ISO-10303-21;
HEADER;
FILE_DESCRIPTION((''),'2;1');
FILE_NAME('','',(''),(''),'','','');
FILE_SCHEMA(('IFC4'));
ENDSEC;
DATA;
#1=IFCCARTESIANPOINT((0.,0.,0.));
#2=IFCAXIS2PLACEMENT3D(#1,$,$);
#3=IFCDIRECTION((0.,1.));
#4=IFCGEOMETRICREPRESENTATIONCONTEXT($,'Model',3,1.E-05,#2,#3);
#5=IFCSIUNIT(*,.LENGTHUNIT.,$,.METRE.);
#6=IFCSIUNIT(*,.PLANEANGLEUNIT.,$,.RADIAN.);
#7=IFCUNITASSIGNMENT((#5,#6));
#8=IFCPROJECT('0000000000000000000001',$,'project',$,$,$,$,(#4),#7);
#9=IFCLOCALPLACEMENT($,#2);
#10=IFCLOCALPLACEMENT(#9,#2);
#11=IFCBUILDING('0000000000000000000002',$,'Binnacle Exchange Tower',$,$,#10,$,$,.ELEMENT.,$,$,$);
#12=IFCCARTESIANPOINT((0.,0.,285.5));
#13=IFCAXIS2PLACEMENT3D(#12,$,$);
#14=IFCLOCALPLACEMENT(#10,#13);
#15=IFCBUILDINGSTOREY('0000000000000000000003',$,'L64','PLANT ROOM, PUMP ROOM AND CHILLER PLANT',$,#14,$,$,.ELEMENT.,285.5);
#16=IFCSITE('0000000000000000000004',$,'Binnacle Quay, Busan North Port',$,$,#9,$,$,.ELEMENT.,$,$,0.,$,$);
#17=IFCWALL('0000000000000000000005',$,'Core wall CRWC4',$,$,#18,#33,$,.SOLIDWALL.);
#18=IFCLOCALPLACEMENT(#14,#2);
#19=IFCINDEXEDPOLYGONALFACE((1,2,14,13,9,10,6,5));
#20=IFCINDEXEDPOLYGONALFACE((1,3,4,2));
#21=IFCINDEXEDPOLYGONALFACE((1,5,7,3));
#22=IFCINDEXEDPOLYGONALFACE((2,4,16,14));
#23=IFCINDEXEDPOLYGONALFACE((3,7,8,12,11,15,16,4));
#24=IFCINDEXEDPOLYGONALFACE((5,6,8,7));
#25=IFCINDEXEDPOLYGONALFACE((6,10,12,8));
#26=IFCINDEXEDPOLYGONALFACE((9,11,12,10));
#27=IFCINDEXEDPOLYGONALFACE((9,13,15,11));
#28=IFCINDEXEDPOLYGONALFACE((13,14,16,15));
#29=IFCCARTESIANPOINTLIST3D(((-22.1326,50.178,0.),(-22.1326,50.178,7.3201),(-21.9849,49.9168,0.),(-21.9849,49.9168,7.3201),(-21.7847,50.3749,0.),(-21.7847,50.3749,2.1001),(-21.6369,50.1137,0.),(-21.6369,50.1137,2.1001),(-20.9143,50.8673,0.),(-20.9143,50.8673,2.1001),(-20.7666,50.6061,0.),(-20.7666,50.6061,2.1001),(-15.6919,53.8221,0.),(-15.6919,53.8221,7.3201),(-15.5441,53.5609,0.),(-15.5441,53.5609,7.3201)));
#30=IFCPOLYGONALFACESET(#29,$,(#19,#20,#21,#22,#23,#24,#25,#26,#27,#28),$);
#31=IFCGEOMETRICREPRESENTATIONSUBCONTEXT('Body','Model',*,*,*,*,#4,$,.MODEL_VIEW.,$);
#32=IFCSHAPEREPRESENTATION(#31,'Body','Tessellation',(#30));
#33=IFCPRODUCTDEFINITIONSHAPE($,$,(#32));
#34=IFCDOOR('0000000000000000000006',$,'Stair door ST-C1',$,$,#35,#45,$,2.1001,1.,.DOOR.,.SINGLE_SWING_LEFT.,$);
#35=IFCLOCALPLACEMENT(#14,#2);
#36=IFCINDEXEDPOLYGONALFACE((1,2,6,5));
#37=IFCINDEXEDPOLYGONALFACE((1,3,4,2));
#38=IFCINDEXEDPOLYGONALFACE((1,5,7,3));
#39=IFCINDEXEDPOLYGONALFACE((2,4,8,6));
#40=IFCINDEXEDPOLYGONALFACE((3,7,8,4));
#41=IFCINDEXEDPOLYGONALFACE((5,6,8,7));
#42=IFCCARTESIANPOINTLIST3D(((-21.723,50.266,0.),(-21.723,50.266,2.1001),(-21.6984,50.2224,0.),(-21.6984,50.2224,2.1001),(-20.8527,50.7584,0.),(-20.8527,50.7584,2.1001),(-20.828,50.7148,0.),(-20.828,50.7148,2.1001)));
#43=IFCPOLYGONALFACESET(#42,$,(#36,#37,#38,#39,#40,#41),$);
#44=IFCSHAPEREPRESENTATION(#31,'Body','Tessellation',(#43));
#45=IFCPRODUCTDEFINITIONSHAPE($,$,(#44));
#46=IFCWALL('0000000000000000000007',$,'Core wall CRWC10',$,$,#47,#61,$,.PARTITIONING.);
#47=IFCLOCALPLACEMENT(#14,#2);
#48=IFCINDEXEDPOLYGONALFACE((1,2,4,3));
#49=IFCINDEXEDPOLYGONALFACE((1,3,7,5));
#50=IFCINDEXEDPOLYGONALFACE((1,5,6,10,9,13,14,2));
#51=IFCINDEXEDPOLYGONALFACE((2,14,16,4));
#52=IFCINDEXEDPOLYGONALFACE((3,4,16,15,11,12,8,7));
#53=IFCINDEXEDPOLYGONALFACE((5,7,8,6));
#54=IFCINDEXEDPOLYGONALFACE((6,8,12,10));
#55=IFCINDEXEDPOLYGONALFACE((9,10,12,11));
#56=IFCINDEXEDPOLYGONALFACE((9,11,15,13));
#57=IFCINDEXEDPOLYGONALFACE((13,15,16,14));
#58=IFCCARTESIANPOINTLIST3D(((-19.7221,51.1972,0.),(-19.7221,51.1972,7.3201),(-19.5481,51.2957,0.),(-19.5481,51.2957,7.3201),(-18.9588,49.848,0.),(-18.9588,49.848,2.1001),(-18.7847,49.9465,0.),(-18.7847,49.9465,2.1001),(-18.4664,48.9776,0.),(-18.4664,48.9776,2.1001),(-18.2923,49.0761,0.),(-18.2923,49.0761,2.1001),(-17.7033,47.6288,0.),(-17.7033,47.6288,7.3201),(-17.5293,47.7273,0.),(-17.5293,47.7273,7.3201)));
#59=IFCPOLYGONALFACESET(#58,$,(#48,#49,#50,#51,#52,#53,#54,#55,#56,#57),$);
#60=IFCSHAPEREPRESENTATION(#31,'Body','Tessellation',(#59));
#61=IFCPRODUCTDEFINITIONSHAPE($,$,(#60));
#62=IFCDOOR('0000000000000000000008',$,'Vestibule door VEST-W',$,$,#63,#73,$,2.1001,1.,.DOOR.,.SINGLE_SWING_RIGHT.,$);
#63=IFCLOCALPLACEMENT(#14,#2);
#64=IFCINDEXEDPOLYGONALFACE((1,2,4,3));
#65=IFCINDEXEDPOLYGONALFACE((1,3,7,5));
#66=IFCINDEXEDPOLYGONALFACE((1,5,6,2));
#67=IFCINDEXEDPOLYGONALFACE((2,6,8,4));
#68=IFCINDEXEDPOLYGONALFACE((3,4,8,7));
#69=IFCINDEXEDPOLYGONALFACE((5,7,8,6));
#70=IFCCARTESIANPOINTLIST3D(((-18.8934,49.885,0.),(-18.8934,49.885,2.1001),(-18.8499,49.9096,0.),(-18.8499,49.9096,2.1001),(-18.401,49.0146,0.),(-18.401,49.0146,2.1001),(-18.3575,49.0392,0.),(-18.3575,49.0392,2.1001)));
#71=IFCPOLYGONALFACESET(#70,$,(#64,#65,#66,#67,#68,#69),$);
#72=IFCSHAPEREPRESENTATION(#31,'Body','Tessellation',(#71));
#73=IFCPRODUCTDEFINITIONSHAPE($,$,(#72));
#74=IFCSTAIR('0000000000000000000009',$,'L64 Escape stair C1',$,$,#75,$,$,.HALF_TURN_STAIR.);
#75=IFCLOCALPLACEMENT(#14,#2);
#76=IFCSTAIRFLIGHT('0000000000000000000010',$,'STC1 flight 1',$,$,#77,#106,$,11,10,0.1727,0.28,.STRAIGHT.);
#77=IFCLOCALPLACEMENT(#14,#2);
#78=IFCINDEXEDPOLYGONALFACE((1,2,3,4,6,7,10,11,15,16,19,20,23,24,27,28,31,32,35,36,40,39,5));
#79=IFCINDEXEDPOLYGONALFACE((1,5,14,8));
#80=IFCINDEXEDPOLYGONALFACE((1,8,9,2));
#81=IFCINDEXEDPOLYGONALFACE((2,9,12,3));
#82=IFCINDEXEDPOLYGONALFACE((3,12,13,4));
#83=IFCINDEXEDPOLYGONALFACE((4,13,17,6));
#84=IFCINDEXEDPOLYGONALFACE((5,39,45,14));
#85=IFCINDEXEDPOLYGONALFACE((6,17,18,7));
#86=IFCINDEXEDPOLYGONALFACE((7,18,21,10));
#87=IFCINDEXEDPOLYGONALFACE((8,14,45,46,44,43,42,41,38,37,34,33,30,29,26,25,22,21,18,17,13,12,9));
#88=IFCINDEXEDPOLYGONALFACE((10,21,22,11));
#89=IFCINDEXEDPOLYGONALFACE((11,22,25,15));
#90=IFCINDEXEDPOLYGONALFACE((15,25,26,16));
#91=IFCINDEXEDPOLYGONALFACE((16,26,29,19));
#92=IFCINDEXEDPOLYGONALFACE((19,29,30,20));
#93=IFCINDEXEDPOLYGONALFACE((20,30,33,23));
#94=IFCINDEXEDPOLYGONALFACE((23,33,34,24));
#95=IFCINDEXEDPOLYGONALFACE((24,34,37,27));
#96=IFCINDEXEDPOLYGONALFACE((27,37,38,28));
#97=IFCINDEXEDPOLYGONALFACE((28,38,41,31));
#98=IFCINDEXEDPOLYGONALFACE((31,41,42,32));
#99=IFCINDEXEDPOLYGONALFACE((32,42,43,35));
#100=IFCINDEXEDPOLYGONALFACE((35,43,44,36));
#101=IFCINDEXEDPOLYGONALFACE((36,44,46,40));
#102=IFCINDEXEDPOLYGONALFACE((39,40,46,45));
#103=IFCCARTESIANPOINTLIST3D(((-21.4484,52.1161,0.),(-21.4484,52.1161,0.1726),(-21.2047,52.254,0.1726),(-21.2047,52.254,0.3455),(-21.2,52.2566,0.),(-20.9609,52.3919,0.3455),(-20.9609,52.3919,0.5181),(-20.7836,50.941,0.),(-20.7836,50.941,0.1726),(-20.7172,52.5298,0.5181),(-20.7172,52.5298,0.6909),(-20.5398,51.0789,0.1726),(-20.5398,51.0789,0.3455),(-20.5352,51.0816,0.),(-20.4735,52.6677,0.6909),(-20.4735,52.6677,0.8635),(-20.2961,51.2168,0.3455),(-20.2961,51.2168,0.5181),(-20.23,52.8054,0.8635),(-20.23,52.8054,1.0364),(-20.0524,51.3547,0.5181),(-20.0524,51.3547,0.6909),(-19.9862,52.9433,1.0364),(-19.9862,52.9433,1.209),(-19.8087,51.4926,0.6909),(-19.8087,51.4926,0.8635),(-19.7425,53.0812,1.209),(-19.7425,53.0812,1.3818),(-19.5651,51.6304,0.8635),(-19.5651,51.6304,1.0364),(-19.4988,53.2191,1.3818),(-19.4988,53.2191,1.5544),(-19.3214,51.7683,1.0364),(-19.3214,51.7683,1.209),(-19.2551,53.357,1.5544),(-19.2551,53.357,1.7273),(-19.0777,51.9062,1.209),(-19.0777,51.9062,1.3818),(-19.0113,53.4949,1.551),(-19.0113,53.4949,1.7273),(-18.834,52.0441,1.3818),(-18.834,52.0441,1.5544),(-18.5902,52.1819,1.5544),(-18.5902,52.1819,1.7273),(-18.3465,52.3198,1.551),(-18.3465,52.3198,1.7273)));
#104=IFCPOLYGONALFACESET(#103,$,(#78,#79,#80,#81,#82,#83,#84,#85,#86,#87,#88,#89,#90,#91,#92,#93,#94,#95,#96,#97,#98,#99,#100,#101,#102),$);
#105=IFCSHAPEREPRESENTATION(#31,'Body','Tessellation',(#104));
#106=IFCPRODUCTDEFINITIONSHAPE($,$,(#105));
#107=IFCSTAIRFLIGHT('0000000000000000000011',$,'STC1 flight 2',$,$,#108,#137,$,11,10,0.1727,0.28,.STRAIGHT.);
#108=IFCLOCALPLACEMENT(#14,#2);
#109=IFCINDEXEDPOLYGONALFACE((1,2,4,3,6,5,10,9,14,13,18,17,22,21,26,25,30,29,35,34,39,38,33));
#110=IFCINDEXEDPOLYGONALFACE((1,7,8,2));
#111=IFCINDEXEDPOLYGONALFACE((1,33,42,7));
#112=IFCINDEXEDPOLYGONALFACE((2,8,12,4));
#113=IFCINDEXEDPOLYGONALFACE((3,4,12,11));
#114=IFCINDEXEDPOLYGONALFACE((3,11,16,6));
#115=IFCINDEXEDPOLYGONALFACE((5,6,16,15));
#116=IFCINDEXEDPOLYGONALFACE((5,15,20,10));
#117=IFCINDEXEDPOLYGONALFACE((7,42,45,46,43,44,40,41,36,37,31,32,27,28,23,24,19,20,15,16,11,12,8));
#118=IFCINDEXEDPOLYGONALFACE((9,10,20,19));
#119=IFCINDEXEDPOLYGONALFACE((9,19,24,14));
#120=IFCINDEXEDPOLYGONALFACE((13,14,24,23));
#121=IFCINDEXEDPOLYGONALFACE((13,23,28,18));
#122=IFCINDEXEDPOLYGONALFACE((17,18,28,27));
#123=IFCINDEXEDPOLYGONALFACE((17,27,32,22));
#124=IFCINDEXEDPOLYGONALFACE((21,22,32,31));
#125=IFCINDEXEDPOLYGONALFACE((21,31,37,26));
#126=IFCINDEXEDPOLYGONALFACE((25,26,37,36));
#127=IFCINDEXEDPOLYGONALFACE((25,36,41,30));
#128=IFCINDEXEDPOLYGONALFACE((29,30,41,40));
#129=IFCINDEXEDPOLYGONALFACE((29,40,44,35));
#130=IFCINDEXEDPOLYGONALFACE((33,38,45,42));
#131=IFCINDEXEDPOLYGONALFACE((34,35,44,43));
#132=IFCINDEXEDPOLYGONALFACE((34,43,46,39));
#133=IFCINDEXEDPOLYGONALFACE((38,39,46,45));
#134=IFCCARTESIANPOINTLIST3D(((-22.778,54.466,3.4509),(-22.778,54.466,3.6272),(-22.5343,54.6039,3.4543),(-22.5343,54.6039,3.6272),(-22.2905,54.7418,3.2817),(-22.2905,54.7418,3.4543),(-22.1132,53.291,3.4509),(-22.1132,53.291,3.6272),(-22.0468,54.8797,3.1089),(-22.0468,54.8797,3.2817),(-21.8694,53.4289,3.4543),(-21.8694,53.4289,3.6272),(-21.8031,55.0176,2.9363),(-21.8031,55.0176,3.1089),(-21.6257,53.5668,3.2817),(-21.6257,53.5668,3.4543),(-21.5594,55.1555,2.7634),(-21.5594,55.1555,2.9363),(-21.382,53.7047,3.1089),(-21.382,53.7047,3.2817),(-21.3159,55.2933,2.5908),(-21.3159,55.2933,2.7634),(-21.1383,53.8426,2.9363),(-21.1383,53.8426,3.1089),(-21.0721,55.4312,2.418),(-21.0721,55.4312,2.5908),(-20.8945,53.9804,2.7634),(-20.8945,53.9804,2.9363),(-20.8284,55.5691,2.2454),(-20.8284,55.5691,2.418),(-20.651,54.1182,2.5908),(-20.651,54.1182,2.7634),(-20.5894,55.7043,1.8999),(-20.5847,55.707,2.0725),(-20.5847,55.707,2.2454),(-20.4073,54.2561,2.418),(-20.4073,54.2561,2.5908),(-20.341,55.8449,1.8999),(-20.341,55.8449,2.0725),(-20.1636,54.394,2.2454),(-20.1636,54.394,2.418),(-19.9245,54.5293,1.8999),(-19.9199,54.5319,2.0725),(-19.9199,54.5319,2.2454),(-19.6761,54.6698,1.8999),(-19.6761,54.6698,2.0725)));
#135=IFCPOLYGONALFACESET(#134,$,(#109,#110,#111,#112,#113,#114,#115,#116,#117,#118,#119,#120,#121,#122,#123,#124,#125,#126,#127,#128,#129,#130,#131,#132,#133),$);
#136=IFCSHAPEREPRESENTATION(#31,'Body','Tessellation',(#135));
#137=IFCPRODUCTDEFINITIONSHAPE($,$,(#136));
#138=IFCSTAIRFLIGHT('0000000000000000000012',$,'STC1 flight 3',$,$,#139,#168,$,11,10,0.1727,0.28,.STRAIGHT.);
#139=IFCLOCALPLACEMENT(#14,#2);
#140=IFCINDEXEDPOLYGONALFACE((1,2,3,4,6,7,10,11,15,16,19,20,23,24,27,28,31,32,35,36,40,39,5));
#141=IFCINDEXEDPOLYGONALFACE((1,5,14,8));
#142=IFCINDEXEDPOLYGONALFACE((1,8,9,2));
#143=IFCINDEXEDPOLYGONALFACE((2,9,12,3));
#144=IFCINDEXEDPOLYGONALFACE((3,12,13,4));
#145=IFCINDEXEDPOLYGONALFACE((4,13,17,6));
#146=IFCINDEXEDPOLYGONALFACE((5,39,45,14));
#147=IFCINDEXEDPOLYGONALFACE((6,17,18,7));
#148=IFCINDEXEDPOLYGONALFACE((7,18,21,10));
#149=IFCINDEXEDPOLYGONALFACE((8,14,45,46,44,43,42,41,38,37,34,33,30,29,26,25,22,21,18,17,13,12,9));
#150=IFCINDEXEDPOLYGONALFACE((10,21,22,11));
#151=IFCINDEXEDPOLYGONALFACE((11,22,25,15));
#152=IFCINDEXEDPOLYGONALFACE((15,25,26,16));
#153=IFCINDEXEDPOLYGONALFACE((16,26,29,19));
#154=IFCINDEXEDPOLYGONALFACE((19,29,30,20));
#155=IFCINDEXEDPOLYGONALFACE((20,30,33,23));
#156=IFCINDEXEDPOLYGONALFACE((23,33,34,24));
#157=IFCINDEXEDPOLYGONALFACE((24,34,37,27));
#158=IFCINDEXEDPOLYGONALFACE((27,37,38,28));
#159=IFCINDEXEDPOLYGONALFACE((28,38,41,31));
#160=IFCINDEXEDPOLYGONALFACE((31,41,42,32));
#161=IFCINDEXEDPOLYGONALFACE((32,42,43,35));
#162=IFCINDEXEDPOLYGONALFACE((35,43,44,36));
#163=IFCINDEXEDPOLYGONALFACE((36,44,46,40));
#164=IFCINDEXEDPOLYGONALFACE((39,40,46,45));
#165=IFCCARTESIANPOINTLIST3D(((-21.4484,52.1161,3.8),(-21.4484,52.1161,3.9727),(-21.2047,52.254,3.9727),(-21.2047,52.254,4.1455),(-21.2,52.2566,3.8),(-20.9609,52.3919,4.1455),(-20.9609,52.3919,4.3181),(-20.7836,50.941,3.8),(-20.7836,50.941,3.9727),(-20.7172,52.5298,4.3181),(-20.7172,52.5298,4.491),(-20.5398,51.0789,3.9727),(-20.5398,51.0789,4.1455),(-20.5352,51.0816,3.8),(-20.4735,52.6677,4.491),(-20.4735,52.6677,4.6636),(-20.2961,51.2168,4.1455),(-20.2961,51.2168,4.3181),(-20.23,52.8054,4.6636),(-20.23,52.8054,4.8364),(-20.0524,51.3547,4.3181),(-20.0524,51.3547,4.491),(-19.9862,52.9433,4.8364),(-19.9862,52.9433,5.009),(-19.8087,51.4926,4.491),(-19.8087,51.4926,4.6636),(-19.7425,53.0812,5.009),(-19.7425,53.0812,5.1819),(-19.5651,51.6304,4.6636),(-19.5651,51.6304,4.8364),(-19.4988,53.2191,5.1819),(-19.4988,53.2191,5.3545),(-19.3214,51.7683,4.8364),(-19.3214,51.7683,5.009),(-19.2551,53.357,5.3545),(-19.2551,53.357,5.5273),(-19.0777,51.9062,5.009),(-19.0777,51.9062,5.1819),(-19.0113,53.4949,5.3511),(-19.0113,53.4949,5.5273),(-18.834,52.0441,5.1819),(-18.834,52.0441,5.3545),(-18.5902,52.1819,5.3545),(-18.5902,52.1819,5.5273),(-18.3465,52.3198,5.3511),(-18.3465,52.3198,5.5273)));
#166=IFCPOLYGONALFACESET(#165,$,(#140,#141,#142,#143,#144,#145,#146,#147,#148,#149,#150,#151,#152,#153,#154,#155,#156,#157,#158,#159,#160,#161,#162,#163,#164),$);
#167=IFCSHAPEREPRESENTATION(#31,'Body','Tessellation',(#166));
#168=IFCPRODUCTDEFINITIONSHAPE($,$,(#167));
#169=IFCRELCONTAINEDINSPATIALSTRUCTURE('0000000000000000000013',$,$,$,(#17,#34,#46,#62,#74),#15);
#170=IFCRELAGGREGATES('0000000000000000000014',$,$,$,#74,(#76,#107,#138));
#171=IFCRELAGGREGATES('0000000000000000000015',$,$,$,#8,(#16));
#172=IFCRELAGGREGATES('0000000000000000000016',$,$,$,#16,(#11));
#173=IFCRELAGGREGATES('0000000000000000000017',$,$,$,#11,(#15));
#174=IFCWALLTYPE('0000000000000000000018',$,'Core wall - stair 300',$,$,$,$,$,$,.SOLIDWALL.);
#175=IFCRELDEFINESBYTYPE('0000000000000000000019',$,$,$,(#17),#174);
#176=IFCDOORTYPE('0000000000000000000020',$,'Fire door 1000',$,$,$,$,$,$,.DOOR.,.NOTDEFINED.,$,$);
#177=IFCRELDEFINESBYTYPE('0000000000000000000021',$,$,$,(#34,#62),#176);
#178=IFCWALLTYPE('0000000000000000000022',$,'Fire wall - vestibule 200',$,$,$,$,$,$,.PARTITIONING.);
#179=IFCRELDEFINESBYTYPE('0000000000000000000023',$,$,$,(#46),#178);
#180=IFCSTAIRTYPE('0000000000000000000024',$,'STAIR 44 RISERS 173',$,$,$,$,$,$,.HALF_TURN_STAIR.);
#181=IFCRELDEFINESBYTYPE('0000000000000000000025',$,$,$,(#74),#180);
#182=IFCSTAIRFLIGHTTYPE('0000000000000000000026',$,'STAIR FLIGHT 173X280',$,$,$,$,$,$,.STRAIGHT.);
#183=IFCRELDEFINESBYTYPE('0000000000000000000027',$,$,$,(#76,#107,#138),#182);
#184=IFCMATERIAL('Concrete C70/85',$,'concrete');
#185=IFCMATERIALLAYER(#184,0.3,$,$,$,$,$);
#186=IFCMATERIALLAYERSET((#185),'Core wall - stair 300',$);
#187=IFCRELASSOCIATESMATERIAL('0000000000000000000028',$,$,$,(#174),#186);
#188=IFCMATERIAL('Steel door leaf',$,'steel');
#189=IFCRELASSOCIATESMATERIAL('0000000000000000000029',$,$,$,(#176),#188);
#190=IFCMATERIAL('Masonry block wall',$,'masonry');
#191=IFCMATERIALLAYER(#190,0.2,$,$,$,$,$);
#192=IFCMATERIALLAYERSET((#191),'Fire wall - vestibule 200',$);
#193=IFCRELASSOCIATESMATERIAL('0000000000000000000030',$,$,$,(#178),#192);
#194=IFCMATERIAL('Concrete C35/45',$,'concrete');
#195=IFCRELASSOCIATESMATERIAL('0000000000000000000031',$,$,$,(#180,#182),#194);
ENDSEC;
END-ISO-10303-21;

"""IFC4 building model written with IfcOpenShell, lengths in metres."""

from ifc_helpers import new_model, si_unit, direction, frame, frame_2d, origin, place, context, subcontext, project, spatial, polyline, rectangle, outline, extrude, material, layer, layer_set, type_object, element, fill, aggregate, save


model = new_model("IFC4")

# Units and contexts
model_context = context("Model", 3, precision=1e-05, world=origin(), true_north=direction((0.0, 1.0)))
body_context = subcontext(model_context, "Body", "Model", "MODEL_VIEW")
ifc_project = project(units=[si_unit("LENGTHUNIT", "METRE"), si_unit("PLANEANGLEUNIT", "RADIAN")], contexts=[model_context])

# Site, building, storey
site_placement = place(None, origin())
site = spatial("IfcSite", under=ifc_project, at=site_placement, Name="Binnacle Quay, Busan North Port", CompositionType="ELEMENT", RefElevation=0.0)
building_placement = place(site_placement, origin())
building = spatial("IfcBuilding", under=site, at=building_placement, Name="Binnacle Exchange Tower", CompositionType="ELEMENT")
storey_placement = place(building_placement, frame((0.0, 0.0, 285.5)))
storey = spatial("IfcBuildingStorey", under=building, at=storey_placement, Name="L64", Description="PLANT ROOM, PUMP ROOM AND CHILLER PLANT", CompositionType="ELEMENT", Elevation=285.5)

# Shared definitions
ifc_material_1 = material(Name="Concrete C70/85", Category="concrete")

# Walls, openings, doors
ifc_material_2 = material(Name="Steel door leaf", Category="steel")
ifc_layer_1 = layer(ifc_material_1, 0.3)
ifc_layer_set_1 = layer_set([ifc_layer_1], Name="Core wall - stair 300")
wall_type_1 = type_object("IfcWallType", Name="Core wall - stair 300", PredefinedType="SOLIDWALL", material=ifc_layer_set_1)
wall_1_placement = place(storey_placement, frame((-22.0588, 50.0474, 0.0), z_axis=(0.0, 0.0, 1.0), x_axis=(0.870351, 0.492432, 0.0)))
wall_1 = element("IfcWall", 1, at=wall_1_placement, inside=storey, type_object=wall_type_1, Name="Core wall CRWC4", PredefinedType="SOLIDWALL", context=body_context, shape_type="SweptSolid", body=[
    extrude(rectangle(XDim=7.4001, YDim=0.3, at=frame_2d((3.7002, 0.0))), origin(), (0.0, 0.0, 1.0), 7.3201),
])
opening_1_placement = place(wall_1_placement, frame((0.3999, 0.0, 0.0)))
opening_1 = element("IfcOpeningElement", 2, at=opening_1_placement, cuts=wall_1, PredefinedType="OPENING", context=body_context, shape_type="SweptSolid", body=[
    extrude(rectangle(XDim=1.0, YDim=2.1001, at=frame_2d((0.5, 1.05))), frame((0.0, 0.1599, 0.0), z_axis=(0.0, -1.0, 0.0), x_axis=(1.0, 0.0, 0.0)), (0.0, 0.0, 1.0), 0.3201),
])
door_type_1 = type_object("IfcDoorType", Name="Fire door 1000", OperationType="NOTDEFINED", PredefinedType="DOOR", material=ifc_material_2)
door_1_placement = place(opening_1_placement, origin())
door_1 = element("IfcDoor", 3, at=door_1_placement, inside=storey, type_object=door_type_1, Name="Stair door ST-C1", OperationType="SINGLE_SWING_LEFT", OverallHeight=2.1001, OverallWidth=1.0, PredefinedType="DOOR", context=body_context, shape_type="SweptSolid", body=[
    extrude(rectangle(XDim=1.0, YDim=2.1001, at=frame_2d((0.5, 1.05))), frame((0.0, 0.0249, 0.0), z_axis=(0.0, -1.0, 0.0), x_axis=(1.0, 0.0, 0.0)), (0.0, 0.0, 1.0), 0.05),
])
fill(opening_1, door_1)
ifc_material_3 = material(Name="Masonry block wall", Category="masonry")
ifc_layer_2 = layer(ifc_material_3, 0.2)
ifc_layer_set_2 = layer_set([ifc_layer_2], Name="Fire wall - vestibule 200")
wall_type_2 = type_object("IfcWallType", Name="Fire wall - vestibule 200", PredefinedType="PARTITIONING", material=ifc_layer_set_2)
wall_2_placement = place(storey_placement, frame((-19.635, 51.2463, 0.0), z_axis=(0.0, 0.0, 1.0), x_axis=(0.492408, -0.870364, 0.0)))
wall_2 = element("IfcWall", 4, at=wall_2_placement, inside=storey, type_object=wall_type_2, Name="Core wall CRWC10", PredefinedType="PARTITIONING", context=body_context, shape_type="SweptSolid", body=[
    extrude(rectangle(XDim=4.0999, YDim=0.2, at=frame_2d((2.0498, 0.0))), origin(), (0.0, 0.0, 1.0), 7.3201),
])
opening_2_placement = place(wall_2_placement, frame((1.55, 0.0, 0.0)))
opening_2 = element("IfcOpeningElement", 5, at=opening_2_placement, cuts=wall_2, PredefinedType="OPENING", context=body_context, shape_type="SweptSolid", body=[
    extrude(rectangle(XDim=1.0, YDim=2.1001, at=frame_2d((0.5, 1.05))), frame((0.0, 0.1099, 0.0), z_axis=(0.0, -1.0, 0.0), x_axis=(1.0, 0.0, 0.0)), (0.0, 0.0, 1.0), 0.22),
])
door_2_placement = place(opening_2_placement, frame((1.0, 0.0, 0.0), z_axis=(0.0, 0.0, 1.0), x_axis=(-1.0, 0.0, 0.0)))
door_2 = element("IfcDoor", 6, at=door_2_placement, inside=storey, type_object=door_type_1, Name="Vestibule door VEST-W", OperationType="SINGLE_SWING_RIGHT", OverallHeight=2.1001, OverallWidth=1.0, PredefinedType="DOOR", context=body_context, shape_type="SweptSolid", body=[
    extrude(rectangle(XDim=1.0, YDim=2.1001, at=frame_2d((0.5, 1.05))), frame((0.0, 0.0249, 0.0), z_axis=(0.0, -1.0, 0.0), x_axis=(1.0, 0.0, 0.0)), (0.0, 0.0, 1.0), 0.05),
])
fill(opening_2, door_2)

# Stair, stair flights
ifc_material_4 = material(Name="Concrete C35/45", Category="concrete")
stair_type = type_object("IfcStairType", Name="STAIR 44 RISERS 173", PredefinedType="HALF_TURN_STAIR", material=ifc_material_4)
stair_placement = place(storey_placement, origin())
stair = element("IfcStair", 7, at=stair_placement, inside=storey, type_object=stair_type, Name="L64 Escape stair C1", PredefinedType="HALF_TURN_STAIR")
stair_flight_type = type_object("IfcStairFlightType", Name="STAIR FLIGHT 173X280", PredefinedType="STRAIGHT", material=ifc_material_4)
stair_flight_1_placement = place(storey_placement, frame((-21.116, 51.5286, 0.0), z_axis=(0.0, 0.0, 1.0), x_axis=(0.870356, 0.492424, 0.0)))
stair_flight_1 = element("IfcStairFlight", 8, at=stair_flight_1_placement, type_object=stair_flight_type, Name="STC1 flight 1", NumberOfRisers=11, NumberOfTreads=10, PredefinedType="STRAIGHT", RiserHeight=0.1727, TreadLength=0.28, context=body_context, shape_type="SweptSolid", body=[
    extrude(outline(polyline([(0.0, 0.0), (0.0, 0.1726), (0.28, 0.1726), (0.28, 0.3455), (0.5601, 0.3455), (0.5601, 0.5181), (0.8401, 0.5181), (0.8401, 0.6909), (1.1201, 0.6909), (1.1201, 0.8635), (1.3999, 0.8635), (1.3999, 1.0364), (1.6799, 1.0364), (1.6799, 1.209), (1.96, 1.209), (1.96, 1.3818), (2.24, 1.3818), (2.24, 1.5544), (2.52, 1.5544), (2.52, 1.7273), (2.8, 1.7273), (2.8, 1.8999), (2.8, 1.551), (0.2854, 0.0), (0.0, 0.0)])), frame((0.0, 0.675, 0.0), z_axis=(0.0, -1.0, 0.0), x_axis=(1.0, 0.0, 0.0)), (0.0, 0.0, 1.0), 1.3501),
])
stair_flight_2_placement = place(storey_placement, frame((-20.0085, 55.2573, 1.8999), z_axis=(0.0, 0.0, 1.0), x_axis=(-0.870356, -0.492424, 0.0)))
stair_flight_2 = element("IfcStairFlight", 9, at=stair_flight_2_placement, type_object=stair_flight_type, Name="STC1 flight 2", NumberOfRisers=11, NumberOfTreads=10, PredefinedType="STRAIGHT", RiserHeight=0.1727, TreadLength=0.28, context=body_context, shape_type="SweptSolid", body=[
    extrude(outline(polyline([(0.0, 0.0), (0.0, 0.1726), (0.28, 0.1726), (0.28, 0.3455), (0.5601, 0.3455), (0.5601, 0.5181), (0.8401, 0.5181), (0.8401, 0.6909), (1.1201, 0.6909), (1.1201, 0.8635), (1.3999, 0.8635), (1.3999, 1.0364), (1.6799, 1.0364), (1.6799, 1.209), (1.96, 1.209), (1.96, 1.3818), (2.24, 1.3818), (2.24, 1.5544), (2.52, 1.5544), (2.52, 1.7273), (2.8, 1.7273), (2.8, 1.8999), (2.8, 1.551), (0.2854, 0.0), (0.0, 0.0)])), frame((0.0, 0.675, 0.0), z_axis=(0.0, -1.0, 0.0), x_axis=(1.0, 0.0, 0.0)), (0.0, 0.0, 1.0), 1.3501),
])
stair_flight_3_placement = place(storey_placement, frame((-21.116, 51.5286, 3.8), z_axis=(0.0, 0.0, 1.0), x_axis=(0.870356, 0.492424, 0.0)))
stair_flight_3 = element("IfcStairFlight", 10, at=stair_flight_3_placement, type_object=stair_flight_type, Name="STC1 flight 3", NumberOfRisers=11, NumberOfTreads=10, PredefinedType="STRAIGHT", RiserHeight=0.1727, TreadLength=0.28, context=body_context, shape_type="SweptSolid", body=[
    extrude(outline(polyline([(0.0, 0.0), (0.0, 0.1726), (0.28, 0.1726), (0.28, 0.3455), (0.5601, 0.3455), (0.5601, 0.5181), (0.8401, 0.5181), (0.8401, 0.6909), (1.1201, 0.6909), (1.1201, 0.8635), (1.3999, 0.8635), (1.3999, 1.0364), (1.6799, 1.0364), (1.6799, 1.209), (1.96, 1.209), (1.96, 1.3818), (2.24, 1.3818), (2.24, 1.5544), (2.52, 1.5544), (2.52, 1.7273), (2.8, 1.7273), (2.8, 1.8999), (2.8, 1.551), (0.2854, 0.0), (0.0, 0.0)])), frame((0.0, 0.675, 0.0), z_axis=(0.0, -1.0, 0.0), x_axis=(1.0, 0.0, 0.0)), (0.0, 0.0, 1.0), 1.3501),
])
aggregate(stair, [stair_flight_1, stair_flight_2, stair_flight_3])

save(model, "model.ifc")
